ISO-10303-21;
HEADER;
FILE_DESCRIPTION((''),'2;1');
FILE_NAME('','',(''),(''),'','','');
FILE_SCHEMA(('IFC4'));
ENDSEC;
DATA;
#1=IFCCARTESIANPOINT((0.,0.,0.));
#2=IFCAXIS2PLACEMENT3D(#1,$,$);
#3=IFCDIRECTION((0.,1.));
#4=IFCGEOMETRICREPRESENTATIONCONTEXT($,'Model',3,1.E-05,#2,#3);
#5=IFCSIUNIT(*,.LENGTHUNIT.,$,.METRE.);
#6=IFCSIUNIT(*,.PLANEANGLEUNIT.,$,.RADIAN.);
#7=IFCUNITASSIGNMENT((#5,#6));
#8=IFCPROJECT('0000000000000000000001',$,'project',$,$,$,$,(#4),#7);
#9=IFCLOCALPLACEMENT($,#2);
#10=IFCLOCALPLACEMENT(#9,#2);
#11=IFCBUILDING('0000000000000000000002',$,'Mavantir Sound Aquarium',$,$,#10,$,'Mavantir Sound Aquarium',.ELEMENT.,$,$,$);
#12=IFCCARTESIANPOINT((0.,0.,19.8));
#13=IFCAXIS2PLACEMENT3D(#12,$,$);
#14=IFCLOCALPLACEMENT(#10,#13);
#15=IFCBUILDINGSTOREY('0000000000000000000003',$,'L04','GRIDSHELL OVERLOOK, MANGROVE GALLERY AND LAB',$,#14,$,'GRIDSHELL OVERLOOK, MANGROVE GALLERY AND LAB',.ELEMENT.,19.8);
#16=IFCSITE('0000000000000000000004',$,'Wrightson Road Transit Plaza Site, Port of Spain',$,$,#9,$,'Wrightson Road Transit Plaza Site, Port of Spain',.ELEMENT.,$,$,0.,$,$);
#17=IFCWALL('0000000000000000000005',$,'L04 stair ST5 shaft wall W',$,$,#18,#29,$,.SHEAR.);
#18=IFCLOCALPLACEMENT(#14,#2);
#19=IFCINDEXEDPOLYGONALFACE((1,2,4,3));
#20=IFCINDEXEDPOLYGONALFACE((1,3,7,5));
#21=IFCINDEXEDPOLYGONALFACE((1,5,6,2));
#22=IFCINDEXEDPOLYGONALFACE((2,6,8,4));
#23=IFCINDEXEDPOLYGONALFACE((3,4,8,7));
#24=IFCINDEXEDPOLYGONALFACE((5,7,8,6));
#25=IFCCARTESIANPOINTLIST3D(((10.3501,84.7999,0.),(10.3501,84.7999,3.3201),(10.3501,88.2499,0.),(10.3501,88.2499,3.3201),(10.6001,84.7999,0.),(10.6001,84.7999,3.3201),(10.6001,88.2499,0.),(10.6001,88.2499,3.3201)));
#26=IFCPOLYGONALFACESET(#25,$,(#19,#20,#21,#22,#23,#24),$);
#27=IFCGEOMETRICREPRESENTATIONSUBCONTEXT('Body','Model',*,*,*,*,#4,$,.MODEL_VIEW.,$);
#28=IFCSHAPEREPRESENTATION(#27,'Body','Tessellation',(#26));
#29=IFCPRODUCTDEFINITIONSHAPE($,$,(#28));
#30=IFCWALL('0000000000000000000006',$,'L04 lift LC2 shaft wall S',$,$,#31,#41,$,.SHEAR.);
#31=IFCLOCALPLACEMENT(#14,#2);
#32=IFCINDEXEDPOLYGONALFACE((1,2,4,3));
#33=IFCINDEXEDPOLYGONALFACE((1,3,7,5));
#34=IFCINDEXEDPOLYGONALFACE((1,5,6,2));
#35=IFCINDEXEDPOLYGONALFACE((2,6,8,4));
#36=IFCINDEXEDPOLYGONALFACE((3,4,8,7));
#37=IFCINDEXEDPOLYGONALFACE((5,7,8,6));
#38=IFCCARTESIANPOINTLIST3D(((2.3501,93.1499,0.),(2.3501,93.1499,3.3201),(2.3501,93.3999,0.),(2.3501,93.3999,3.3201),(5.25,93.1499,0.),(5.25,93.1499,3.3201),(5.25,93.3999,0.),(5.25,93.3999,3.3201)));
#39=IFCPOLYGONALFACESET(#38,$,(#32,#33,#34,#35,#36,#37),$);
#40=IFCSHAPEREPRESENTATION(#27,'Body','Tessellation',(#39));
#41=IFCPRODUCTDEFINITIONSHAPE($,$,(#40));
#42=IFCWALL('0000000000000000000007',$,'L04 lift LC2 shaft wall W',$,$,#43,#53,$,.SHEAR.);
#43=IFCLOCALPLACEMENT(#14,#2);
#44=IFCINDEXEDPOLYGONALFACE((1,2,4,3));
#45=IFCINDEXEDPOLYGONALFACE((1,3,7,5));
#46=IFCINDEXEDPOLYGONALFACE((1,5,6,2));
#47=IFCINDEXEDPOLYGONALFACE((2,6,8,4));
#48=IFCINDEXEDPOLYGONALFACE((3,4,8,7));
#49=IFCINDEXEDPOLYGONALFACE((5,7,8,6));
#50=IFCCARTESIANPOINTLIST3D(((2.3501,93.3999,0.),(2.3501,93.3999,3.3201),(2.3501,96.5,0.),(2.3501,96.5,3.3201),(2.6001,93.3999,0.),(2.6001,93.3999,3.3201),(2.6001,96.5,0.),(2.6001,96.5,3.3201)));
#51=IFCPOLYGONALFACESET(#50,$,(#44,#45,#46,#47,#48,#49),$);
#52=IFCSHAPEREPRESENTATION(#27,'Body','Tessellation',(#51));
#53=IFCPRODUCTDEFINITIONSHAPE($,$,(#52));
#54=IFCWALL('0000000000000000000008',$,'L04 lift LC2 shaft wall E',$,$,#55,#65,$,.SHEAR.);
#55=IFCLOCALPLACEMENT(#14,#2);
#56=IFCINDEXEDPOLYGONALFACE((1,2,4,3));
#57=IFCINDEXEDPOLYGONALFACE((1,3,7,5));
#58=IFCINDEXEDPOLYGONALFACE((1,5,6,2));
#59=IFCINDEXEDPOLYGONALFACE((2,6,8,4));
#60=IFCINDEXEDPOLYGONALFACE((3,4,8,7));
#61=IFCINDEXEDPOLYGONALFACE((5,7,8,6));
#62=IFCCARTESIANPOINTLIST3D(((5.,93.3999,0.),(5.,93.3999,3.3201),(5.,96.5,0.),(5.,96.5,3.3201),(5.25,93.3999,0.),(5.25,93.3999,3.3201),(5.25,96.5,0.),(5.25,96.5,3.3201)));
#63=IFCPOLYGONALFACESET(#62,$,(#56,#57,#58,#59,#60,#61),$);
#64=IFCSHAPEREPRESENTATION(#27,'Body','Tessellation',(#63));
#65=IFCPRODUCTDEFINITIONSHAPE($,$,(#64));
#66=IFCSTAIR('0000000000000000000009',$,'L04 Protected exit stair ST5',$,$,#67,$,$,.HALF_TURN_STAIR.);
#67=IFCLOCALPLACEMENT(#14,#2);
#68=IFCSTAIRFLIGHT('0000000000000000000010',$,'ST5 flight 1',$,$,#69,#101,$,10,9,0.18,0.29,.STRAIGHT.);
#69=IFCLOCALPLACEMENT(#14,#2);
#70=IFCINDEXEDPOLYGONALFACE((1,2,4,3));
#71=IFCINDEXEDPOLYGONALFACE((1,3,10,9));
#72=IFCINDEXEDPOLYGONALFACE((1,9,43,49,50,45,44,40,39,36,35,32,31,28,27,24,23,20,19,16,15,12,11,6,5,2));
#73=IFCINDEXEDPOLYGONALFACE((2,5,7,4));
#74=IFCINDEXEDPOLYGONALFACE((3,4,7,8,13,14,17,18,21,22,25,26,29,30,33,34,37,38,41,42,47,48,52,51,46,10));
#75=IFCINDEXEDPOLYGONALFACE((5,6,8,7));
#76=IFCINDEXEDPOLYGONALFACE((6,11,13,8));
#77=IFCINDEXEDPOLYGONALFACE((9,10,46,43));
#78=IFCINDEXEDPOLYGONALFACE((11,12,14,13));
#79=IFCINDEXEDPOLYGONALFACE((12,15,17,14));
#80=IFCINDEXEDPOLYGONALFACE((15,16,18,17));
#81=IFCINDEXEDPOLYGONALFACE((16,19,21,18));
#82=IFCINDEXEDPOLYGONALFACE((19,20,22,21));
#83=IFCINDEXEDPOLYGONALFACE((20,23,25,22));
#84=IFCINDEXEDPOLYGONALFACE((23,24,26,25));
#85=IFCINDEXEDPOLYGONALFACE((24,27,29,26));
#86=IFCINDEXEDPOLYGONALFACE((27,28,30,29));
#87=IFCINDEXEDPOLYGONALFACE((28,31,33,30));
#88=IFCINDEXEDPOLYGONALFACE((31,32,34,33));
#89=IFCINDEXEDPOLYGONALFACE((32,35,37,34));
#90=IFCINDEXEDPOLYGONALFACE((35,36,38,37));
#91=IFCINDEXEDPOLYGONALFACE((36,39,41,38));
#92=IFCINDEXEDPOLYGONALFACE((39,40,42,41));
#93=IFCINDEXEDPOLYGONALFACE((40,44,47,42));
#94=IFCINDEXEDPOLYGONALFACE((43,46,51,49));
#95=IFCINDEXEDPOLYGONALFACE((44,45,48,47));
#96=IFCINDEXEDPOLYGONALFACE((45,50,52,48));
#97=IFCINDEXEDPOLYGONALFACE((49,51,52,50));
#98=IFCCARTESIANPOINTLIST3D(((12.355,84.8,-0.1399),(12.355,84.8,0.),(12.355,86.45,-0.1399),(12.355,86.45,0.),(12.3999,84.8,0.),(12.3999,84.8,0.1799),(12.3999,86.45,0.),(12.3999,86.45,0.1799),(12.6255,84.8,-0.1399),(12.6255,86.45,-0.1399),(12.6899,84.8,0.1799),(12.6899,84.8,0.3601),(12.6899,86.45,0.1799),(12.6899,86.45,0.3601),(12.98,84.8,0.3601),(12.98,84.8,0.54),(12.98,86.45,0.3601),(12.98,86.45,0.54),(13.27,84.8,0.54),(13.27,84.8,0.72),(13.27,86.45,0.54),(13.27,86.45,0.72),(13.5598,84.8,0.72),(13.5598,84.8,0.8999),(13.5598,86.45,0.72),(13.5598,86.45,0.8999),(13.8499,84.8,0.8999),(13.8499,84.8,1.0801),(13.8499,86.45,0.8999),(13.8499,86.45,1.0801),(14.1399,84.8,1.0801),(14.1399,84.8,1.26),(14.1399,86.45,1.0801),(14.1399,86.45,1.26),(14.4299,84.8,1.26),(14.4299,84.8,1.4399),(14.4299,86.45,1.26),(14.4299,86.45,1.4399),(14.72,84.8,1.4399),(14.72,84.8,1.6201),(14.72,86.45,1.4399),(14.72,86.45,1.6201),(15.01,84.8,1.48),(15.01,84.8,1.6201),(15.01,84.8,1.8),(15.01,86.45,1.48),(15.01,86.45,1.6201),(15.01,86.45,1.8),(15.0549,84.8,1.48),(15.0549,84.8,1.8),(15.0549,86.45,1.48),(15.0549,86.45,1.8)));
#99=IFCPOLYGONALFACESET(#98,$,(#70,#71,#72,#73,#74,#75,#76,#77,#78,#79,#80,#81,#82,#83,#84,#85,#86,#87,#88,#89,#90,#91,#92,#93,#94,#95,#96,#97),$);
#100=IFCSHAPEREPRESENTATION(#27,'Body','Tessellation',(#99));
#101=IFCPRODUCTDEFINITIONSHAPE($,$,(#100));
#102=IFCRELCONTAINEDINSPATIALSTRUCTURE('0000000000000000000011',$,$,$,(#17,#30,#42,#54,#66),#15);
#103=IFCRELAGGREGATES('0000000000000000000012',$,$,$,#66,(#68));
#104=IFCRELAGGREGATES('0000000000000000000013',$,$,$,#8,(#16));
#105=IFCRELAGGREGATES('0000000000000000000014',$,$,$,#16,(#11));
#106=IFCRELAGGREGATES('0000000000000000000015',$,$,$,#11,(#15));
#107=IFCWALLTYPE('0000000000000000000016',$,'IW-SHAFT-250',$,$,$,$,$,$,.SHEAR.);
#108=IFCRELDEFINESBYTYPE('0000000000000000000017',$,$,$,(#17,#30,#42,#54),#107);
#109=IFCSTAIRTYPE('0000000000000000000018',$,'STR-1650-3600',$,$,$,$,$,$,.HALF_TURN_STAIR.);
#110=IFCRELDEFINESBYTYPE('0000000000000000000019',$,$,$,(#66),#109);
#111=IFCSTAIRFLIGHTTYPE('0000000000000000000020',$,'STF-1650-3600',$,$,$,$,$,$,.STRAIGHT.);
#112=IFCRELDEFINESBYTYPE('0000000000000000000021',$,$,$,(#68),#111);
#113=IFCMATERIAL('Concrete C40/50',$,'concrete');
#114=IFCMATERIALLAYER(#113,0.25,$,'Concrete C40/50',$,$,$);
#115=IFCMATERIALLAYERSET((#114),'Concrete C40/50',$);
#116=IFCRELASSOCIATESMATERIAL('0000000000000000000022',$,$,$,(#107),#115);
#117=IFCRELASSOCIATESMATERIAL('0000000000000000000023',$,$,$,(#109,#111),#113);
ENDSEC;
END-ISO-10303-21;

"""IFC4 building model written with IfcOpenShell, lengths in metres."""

from ifc_helpers import new_model, si_unit, direction, frame, frame_2d, origin, place, context, subcontext, project, spatial, polyline, rectangle, outline, extrude, material, layer, layer_set, type_object, element, aggregate, save


model = new_model("IFC4")

# Units and contexts
model_context = context("Model", 3, precision=1e-05, world=origin(), true_north=direction((0.0, 1.0)))
body_context = subcontext(model_context, "Body", "Model", "MODEL_VIEW")
ifc_project = project(units=[si_unit("LENGTHUNIT", "METRE"), si_unit("PLANEANGLEUNIT", "RADIAN")], contexts=[model_context])

# Site, building, storey
site_placement = place(None, origin())
site = spatial("IfcSite", under=ifc_project, at=site_placement, Name="Wrightson Road Transit Plaza Site, Port of Spain", LongName="Wrightson Road Transit Plaza Site, Port of Spain", CompositionType="ELEMENT", RefElevation=0.0)
building_placement = place(site_placement, origin())
building = spatial("IfcBuilding", under=site, at=building_placement, Name="Mavantir Sound Aquarium", LongName="Mavantir Sound Aquarium", CompositionType="ELEMENT")
storey_placement = place(building_placement, frame((0.0, 0.0, 19.8)))
storey = spatial("IfcBuildingStorey", under=building, at=storey_placement, Name="L04", Description="GRIDSHELL OVERLOOK, MANGROVE GALLERY AND LAB", LongName="GRIDSHELL OVERLOOK, MANGROVE GALLERY AND LAB", CompositionType="ELEMENT", Elevation=19.8)

# Shared definitions
ifc_material_1 = material(Name="Concrete C40/50", Category="concrete")

# Walls
ifc_layer_1 = layer(ifc_material_1, 0.25, Name="Concrete C40/50")
ifc_layer_set_1 = layer_set([ifc_layer_1], Name="Concrete C40/50")
wall_type_1 = type_object("IfcWallType", Name="IW-SHAFT-250", PredefinedType="SHEAR", material=ifc_layer_set_1)
wall_1_placement = place(storey_placement, frame((10.4751, 88.25, 0.0), z_axis=(0.0, 0.0, 1.0), x_axis=(0.0, -1.0, 0.0)))
element("IfcWall", 1, at=wall_1_placement, inside=storey, type_object=wall_type_1, Name="L04 stair ST5 shaft wall W", PredefinedType="SHEAR", context=body_context, shape_type="SweptSolid", body=[
    extrude(rectangle(XDim=3.45, YDim=0.25, at=frame_2d((1.7251, 0.0))), origin(), (0.0, 0.0, 1.0), 3.3201),
])
wall_2_placement = place(storey_placement, frame((2.3501, 93.2749, 0.0), z_axis=(0.0, 0.0, 1.0), x_axis=(1.0, 0.0, 0.0)))
element("IfcWall", 2, at=wall_2_placement, inside=storey, type_object=wall_type_1, Name="L04 lift LC2 shaft wall S", PredefinedType="SHEAR", context=body_context, shape_type="SweptSolid", body=[
    extrude(rectangle(XDim=2.8999, YDim=0.25, at=frame_2d((1.45, 0.0))), origin(), (0.0, 0.0, 1.0), 3.3201),
])
for number, where, z_axis, x_axis, name in (
    (3, (2.4751, 93.3999, 0.0), (0.0, 0.0, 1.0), (0.0, 1.0, 0.0), "L04 lift LC2 shaft wall W"),
    (4, (5.125, 93.3999, 0.0), (0.0, 0.0, 1.0), (0.0, 1.0, 0.0), "L04 lift LC2 shaft wall E"),
):
    element("IfcWall", number, at=place(storey_placement, frame(where, z_axis=z_axis, x_axis=x_axis)), inside=storey, type_object=wall_type_1, Name=name, PredefinedType="SHEAR", context=body_context, shape_type="SweptSolid", body=[
        extrude(rectangle(XDim=3.1001, YDim=0.25, at=frame_2d((1.55, 0.0))), origin(), (0.0, 0.0, 1.0), 3.3201),
    ])

# Stair, stair flight
stair_type = type_object("IfcStairType", Name="STR-1650-3600", PredefinedType="HALF_TURN_STAIR", material=ifc_material_1)
stair_placement = place(storey_placement, origin())
stair = element("IfcStair", 5, at=stair_placement, inside=storey, type_object=stair_type, Name="L04 Protected exit stair ST5", PredefinedType="HALF_TURN_STAIR")
stair_flight_type = type_object("IfcStairFlightType", Name="STF-1650-3600", PredefinedType="STRAIGHT", material=ifc_material_1)
stair_flight_placement = place(storey_placement, frame((12.3999, 85.625, 0.0), z_axis=(0.0, 0.0, 1.0), x_axis=(1.0, 0.0, 0.0)))
stair_flight = element("IfcStairFlight", 6, at=stair_flight_placement, type_object=stair_flight_type, Name="ST5 flight 1", NumberOfRisers=10, NumberOfTreads=9, PredefinedType="STRAIGHT", RiserHeight=0.18, TreadLength=0.29, context=body_context, shape_type="SweptSolid", body=[
    extrude(outline(polyline([(-0.0449, -0.1399), (-0.0449, 0.0), (0.0, 0.0), (0.0, 0.1799), (0.29, 0.1799), (0.29, 0.3601), (0.5801, 0.3601), (0.5801, 0.54), (0.8701, 0.54), (0.8701, 0.72), (1.1599, 0.72), (1.1599, 0.8999), (1.45, 0.8999), (1.45, 1.0801), (1.74, 1.0801), (1.74, 1.26), (2.03, 1.26), (2.03, 1.4399), (2.3201, 1.4399), (2.3201, 1.6201), (2.6101, 1.6201), (2.6101, 1.8), (2.655, 1.8), (2.655, 1.48), (2.6101, 1.48), (0.2256, -0.1399), (-0.0449, -0.1399)])), frame((0.0, 0.825, 0.0), z_axis=(0.0, -1.0, 0.0), x_axis=(1.0, 0.0, 0.0)), (0.0, 0.0, 1.0), 1.6499),
])
aggregate(stair, [stair_flight])

save(model, "model.ifc")
